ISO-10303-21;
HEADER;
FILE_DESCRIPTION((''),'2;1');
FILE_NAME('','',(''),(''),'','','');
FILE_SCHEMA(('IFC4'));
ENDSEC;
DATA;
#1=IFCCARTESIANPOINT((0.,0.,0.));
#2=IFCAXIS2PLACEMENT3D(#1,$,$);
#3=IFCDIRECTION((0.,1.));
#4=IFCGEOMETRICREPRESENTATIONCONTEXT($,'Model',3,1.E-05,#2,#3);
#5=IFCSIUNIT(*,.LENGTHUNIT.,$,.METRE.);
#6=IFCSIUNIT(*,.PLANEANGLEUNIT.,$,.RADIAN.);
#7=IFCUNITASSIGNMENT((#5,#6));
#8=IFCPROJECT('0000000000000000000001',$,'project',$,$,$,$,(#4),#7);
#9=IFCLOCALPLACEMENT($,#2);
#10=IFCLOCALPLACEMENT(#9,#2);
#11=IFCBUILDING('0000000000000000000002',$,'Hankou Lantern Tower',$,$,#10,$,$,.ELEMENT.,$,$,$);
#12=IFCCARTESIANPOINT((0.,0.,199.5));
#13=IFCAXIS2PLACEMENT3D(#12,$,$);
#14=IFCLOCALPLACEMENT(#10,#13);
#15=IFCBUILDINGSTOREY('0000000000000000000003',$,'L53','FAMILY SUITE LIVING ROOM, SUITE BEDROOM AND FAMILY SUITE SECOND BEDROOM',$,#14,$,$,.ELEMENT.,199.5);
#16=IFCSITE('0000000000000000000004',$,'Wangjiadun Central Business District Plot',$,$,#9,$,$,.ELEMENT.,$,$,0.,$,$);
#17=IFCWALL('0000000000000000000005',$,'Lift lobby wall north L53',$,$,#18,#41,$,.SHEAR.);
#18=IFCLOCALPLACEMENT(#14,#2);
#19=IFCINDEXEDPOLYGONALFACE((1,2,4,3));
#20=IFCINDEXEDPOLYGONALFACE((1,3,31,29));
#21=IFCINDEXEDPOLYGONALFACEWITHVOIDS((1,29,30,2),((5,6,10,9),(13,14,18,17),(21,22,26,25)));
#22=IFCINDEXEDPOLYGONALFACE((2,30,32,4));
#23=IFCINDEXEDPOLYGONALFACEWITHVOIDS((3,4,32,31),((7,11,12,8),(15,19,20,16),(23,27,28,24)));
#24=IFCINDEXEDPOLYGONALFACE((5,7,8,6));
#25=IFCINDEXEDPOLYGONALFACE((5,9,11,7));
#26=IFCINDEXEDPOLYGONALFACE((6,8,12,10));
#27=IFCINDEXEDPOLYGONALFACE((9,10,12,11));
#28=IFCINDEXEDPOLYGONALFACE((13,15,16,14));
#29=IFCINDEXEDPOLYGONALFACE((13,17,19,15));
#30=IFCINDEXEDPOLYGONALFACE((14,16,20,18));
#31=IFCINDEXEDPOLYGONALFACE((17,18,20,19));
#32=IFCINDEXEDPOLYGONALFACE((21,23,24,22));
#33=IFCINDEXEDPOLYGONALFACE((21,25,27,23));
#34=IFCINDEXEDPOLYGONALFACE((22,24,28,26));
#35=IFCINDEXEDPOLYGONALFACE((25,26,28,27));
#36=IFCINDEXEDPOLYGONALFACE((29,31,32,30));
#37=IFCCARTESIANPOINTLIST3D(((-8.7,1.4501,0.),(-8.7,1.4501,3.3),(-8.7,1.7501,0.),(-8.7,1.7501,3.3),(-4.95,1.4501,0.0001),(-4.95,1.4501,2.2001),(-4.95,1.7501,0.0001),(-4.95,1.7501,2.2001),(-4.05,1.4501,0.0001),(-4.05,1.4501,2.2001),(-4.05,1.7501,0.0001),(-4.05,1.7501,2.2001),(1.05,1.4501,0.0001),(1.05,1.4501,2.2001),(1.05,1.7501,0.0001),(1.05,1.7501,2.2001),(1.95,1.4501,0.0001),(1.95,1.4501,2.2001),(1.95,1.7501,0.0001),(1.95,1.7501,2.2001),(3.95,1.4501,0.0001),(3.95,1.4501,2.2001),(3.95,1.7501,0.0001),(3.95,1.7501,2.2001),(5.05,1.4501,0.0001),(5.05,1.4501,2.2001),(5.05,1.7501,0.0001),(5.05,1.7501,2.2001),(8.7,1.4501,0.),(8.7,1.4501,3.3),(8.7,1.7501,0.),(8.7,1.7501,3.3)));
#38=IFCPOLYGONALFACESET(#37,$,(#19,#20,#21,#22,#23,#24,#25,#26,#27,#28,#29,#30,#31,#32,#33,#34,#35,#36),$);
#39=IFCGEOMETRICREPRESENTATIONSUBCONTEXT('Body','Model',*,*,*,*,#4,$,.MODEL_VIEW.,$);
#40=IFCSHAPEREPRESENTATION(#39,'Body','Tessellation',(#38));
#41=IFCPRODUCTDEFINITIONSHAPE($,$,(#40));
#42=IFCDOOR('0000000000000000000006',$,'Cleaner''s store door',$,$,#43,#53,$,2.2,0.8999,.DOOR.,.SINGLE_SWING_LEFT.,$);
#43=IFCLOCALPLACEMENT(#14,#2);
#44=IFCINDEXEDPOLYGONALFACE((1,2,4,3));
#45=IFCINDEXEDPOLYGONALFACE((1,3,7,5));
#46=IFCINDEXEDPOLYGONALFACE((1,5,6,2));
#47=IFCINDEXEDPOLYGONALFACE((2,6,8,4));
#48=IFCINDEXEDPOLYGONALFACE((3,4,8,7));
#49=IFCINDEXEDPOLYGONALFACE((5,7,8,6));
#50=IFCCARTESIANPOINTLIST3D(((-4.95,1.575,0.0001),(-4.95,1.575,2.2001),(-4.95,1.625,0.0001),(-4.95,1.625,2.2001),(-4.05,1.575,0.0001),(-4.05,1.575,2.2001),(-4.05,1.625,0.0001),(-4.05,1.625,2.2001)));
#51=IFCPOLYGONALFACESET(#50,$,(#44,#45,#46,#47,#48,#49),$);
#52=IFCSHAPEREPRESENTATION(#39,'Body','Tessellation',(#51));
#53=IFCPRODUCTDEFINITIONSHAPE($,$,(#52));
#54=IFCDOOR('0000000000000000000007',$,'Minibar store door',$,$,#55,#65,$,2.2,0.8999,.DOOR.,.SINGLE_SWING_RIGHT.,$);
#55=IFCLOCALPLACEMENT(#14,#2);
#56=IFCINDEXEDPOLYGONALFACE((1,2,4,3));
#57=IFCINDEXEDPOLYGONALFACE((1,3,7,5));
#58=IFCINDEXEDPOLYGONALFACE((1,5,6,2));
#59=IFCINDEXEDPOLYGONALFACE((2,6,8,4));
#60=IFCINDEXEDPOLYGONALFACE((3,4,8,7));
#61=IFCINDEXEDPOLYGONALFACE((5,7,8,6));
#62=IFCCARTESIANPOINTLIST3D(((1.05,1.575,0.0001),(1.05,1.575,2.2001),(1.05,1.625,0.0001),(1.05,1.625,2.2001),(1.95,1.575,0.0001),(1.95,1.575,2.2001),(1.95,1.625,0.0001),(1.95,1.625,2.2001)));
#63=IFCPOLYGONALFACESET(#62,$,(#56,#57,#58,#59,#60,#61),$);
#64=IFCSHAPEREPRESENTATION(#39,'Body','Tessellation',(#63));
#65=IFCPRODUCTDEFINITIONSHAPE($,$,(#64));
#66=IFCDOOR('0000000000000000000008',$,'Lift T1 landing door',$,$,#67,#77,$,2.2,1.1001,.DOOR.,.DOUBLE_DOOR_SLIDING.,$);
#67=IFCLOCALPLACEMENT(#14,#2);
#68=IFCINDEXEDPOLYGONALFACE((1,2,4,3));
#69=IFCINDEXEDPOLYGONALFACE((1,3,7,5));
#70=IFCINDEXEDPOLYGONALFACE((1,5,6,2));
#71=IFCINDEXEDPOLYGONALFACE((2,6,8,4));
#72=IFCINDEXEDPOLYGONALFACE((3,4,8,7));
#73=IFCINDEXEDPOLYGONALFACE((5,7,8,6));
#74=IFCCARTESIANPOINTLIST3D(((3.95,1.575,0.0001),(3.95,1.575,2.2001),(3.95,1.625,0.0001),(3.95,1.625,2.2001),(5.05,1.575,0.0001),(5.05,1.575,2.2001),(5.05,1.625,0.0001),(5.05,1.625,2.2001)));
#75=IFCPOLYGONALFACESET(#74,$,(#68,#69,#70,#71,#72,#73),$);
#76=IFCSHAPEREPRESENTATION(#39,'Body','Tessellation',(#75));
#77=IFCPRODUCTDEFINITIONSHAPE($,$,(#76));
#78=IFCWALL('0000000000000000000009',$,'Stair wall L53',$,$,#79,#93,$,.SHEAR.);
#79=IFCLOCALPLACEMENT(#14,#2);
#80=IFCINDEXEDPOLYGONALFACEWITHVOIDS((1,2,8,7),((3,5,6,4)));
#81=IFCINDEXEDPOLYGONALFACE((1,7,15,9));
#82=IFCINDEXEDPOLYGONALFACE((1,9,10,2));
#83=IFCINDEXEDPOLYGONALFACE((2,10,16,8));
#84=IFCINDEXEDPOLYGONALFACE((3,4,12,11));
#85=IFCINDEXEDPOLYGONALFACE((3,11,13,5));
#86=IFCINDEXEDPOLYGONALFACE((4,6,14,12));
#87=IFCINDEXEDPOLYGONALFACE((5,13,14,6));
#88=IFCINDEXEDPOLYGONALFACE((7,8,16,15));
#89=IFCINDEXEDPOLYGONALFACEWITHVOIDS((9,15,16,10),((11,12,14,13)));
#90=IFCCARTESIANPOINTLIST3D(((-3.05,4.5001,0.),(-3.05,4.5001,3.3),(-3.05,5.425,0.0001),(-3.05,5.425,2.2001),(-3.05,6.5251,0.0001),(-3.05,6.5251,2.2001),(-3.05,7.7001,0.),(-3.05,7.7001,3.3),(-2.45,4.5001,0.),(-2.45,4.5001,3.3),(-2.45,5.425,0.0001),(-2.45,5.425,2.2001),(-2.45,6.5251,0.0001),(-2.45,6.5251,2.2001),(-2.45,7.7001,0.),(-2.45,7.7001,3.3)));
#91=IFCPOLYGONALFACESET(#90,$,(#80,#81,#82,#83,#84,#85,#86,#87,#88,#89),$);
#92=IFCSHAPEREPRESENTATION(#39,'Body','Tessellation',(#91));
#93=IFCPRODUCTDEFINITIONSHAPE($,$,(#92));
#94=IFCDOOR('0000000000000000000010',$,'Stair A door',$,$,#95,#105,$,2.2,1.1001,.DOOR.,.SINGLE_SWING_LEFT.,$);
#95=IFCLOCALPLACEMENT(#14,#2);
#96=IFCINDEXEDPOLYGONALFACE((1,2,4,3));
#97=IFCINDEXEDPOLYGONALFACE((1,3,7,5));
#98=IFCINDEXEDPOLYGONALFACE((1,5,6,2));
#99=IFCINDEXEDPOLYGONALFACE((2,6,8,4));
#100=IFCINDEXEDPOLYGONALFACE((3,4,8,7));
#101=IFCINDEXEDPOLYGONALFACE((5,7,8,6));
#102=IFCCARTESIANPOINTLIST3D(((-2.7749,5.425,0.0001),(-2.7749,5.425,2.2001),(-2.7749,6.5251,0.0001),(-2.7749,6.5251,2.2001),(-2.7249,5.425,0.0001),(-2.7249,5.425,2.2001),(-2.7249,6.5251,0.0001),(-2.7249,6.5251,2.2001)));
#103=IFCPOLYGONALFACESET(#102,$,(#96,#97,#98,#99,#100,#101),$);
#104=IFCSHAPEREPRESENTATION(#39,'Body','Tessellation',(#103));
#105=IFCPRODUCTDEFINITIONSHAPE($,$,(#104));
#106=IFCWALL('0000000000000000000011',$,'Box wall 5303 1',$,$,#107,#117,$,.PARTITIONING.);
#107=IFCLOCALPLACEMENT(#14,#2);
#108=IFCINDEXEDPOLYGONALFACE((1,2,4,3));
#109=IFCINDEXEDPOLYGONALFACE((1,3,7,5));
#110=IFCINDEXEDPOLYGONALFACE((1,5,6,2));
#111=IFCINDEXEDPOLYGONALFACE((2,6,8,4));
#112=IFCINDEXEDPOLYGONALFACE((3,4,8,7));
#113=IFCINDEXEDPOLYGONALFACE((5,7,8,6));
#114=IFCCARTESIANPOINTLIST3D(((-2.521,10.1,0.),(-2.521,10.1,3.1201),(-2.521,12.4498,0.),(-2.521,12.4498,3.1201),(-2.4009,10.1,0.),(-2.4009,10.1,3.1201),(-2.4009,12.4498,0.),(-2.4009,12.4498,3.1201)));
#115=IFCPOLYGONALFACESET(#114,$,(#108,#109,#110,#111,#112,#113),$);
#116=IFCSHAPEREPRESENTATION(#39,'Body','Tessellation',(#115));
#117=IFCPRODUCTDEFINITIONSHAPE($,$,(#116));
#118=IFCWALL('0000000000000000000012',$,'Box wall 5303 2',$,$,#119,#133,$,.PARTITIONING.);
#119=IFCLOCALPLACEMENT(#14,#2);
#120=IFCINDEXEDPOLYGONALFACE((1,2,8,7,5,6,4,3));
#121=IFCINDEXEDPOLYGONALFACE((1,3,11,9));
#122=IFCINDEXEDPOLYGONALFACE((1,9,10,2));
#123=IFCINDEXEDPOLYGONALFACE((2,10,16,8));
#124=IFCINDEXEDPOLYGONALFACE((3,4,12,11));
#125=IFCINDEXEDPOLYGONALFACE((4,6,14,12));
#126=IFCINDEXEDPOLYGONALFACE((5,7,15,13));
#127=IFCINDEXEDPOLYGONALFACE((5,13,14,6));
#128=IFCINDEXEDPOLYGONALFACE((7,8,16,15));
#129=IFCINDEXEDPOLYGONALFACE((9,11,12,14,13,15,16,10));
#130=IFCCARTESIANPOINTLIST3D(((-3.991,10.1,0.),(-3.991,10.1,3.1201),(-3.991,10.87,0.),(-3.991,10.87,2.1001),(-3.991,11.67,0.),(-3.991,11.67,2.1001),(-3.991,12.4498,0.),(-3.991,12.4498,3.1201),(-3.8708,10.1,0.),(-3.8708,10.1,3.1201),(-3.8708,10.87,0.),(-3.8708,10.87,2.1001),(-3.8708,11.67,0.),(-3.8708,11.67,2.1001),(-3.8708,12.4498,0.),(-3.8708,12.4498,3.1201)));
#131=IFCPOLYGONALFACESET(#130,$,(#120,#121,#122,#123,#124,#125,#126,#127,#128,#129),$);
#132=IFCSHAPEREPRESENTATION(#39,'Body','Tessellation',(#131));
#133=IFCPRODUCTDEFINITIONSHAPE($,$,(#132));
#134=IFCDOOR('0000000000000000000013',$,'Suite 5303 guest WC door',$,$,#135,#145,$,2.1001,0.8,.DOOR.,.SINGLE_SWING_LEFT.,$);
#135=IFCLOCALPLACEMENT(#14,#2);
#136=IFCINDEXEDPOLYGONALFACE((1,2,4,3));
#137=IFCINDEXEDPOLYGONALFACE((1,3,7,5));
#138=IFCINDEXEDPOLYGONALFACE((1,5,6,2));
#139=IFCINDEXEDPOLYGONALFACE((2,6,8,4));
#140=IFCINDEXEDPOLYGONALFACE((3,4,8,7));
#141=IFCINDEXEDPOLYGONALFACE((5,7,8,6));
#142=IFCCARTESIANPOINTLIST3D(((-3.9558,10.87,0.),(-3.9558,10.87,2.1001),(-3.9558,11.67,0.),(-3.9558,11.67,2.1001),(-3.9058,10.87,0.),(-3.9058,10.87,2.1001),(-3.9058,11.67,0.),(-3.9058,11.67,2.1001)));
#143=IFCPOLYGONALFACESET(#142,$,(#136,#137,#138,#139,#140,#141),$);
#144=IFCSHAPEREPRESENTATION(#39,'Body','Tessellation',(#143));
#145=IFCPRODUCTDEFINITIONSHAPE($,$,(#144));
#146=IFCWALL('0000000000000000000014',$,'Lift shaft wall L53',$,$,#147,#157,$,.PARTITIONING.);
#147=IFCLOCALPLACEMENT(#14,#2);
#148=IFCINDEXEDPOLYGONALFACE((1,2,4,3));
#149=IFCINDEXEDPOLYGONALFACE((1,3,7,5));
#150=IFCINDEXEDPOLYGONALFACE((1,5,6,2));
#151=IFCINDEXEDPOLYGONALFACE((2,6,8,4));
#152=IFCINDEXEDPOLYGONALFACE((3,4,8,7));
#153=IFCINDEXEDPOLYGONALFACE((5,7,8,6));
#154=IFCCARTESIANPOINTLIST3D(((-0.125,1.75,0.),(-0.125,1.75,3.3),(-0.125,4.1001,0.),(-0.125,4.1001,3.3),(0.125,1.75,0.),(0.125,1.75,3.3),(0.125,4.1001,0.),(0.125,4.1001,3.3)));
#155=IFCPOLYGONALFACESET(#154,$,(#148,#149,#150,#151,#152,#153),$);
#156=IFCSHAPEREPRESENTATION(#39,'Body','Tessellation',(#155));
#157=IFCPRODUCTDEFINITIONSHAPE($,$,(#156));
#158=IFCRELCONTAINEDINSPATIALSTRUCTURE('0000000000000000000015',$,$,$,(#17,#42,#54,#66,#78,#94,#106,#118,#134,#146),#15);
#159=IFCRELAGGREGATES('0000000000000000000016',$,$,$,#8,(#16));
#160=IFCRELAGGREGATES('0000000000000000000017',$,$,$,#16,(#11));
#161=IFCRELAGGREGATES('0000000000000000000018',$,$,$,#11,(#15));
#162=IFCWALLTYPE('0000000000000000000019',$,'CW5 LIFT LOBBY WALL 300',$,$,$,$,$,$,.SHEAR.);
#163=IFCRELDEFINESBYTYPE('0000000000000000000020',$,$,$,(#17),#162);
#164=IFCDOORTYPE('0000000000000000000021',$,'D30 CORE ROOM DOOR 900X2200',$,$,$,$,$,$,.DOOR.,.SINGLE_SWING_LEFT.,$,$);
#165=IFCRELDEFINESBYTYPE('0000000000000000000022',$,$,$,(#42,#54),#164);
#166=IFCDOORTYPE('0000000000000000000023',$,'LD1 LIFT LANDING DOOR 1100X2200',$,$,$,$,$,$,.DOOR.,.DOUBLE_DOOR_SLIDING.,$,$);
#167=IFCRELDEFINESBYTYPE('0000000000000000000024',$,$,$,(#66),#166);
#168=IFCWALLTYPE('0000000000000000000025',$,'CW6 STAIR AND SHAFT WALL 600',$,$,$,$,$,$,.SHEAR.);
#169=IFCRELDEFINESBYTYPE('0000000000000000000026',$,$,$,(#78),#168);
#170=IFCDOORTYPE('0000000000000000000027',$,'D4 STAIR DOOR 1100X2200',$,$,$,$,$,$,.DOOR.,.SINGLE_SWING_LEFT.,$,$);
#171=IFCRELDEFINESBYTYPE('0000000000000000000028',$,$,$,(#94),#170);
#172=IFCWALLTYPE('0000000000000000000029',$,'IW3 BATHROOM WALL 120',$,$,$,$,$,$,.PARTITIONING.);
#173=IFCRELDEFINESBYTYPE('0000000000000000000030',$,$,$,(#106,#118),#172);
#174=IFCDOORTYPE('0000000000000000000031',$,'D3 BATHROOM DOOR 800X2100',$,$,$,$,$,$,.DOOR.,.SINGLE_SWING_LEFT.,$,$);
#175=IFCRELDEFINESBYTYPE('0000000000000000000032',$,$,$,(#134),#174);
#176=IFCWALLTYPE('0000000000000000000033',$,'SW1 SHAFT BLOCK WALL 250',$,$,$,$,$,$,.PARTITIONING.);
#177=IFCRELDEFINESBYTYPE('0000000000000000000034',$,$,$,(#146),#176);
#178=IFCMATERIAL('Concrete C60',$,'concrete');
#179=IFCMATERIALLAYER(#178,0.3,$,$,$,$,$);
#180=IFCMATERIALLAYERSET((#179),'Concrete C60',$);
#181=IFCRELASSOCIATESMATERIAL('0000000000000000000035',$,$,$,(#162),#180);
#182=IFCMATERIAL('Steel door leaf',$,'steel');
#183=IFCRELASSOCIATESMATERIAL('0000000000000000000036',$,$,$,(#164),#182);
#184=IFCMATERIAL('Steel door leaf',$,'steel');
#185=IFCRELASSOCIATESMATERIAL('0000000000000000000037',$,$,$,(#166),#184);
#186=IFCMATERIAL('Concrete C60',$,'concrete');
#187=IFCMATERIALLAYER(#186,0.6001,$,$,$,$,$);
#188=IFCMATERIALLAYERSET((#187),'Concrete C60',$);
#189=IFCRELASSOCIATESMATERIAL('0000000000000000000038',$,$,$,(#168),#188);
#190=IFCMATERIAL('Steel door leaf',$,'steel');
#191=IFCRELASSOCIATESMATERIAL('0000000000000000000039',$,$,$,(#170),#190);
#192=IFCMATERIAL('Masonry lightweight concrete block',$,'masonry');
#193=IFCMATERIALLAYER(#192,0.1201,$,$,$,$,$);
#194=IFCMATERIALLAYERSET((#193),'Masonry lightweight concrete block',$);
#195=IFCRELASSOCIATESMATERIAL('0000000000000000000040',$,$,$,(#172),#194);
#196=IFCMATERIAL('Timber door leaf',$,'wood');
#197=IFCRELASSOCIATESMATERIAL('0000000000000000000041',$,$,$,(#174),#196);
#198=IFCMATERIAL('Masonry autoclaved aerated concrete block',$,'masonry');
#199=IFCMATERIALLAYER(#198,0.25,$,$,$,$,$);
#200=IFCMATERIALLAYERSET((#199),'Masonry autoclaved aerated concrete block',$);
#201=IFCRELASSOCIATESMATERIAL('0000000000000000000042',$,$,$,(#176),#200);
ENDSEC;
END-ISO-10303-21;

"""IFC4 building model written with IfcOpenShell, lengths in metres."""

from ifc_helpers import new_model, si_unit, direction, frame, frame_2d, origin, place, context, subcontext, project, spatial, rectangle, extrude, material, layer, layer_set, type_object, element, fill, save


model = new_model("IFC4")

# Units and contexts
model_context = context("Model", 3, precision=1e-05, world=origin(), true_north=direction((0.0, 1.0)))
body_context = subcontext(model_context, "Body", "Model", "MODEL_VIEW")
ifc_project = project(units=[si_unit("LENGTHUNIT", "METRE"), si_unit("PLANEANGLEUNIT", "RADIAN")], contexts=[model_context])

# Site, building, storey
site_placement = place(None, origin())
site = spatial("IfcSite", under=ifc_project, at=site_placement, Name="Wangjiadun Central Business District Plot", CompositionType="ELEMENT", RefElevation=0.0)
building_placement = place(site_placement, origin())
building = spatial("IfcBuilding", under=site, at=building_placement, Name="Hankou Lantern Tower", CompositionType="ELEMENT")
storey_placement = place(building_placement, frame((0.0, 0.0, 199.5)))
storey = spatial("IfcBuildingStorey", under=building, at=storey_placement, Name="L53", Description="FAMILY SUITE LIVING ROOM, SUITE BEDROOM AND FAMILY SUITE SECOND BEDROOM", CompositionType="ELEMENT", Elevation=199.5)

# Wall, openings, doors
ifc_material_1 = material(Name="Concrete C60", Category="concrete")
ifc_layer_1 = layer(ifc_material_1, 0.3)
ifc_layer_set_1 = layer_set([ifc_layer_1], Name="Concrete C60")
wall_type_1 = type_object("IfcWallType", Name="CW5 LIFT LOBBY WALL 300", PredefinedType="SHEAR", material=ifc_layer_set_1)
wall_1_placement = place(storey_placement, frame((-8.7, 1.6001, 0.0), z_axis=(0.0, 0.0, 1.0), x_axis=(1.0, 0.0, 0.0)))
wall_1 = element("IfcWall", 1, at=wall_1_placement, inside=storey, type_object=wall_type_1, Name="Lift lobby wall north L53", PredefinedType="SHEAR", context=body_context, shape_type="SweptSolid", body=[
    extrude(rectangle(XDim=17.3999, YDim=0.3, at=frame_2d((8.7, 0.0))), origin(), (0.0, 0.0, 1.0), 3.3),
])
opening_1_placement = place(wall_1_placement, frame((12.6499, 0.0, 0.0)))
opening_1 = element("IfcOpeningElement", 2, at=opening_1_placement, cuts=wall_1, PredefinedType="OPENING", context=body_context, shape_type="SweptSolid", body=[
    extrude(rectangle(XDim=1.1001, YDim=2.2, at=frame_2d((0.55, 1.1001))), frame((0.0, 0.1599, 0.0), z_axis=(0.0, -1.0, 0.0), x_axis=(1.0, 0.0, 0.0)), (0.0, 0.0, 1.0), 0.3201),
])
opening_2_placement = place(wall_1_placement, frame((3.75, 0.0, 0.0)))
opening_2 = element("IfcOpeningElement", 3, at=opening_2_placement, cuts=wall_1, PredefinedType="OPENING", context=body_context, shape_type="SweptSolid", body=[
    extrude(rectangle(XDim=0.8999, YDim=2.2, at=frame_2d((0.45, 1.1001))), frame((0.0, 0.1599, 0.0), z_axis=(0.0, -1.0, 0.0), x_axis=(1.0, 0.0, 0.0)), (0.0, 0.0, 1.0), 0.3201),
])
opening_3_placement = place(wall_1_placement, frame((9.75, 0.0, 0.0)))
opening_3 = element("IfcOpeningElement", 4, at=opening_3_placement, cuts=wall_1, PredefinedType="OPENING", context=body_context, shape_type="SweptSolid", body=[
    extrude(rectangle(XDim=0.8999, YDim=2.2, at=frame_2d((0.45, 1.1001))), frame((0.0, 0.1599, 0.0), z_axis=(0.0, -1.0, 0.0), x_axis=(1.0, 0.0, 0.0)), (0.0, 0.0, 1.0), 0.3201),
])
ifc_material_2 = material(Name="Steel door leaf", Category="steel")
door_type_1 = type_object("IfcDoorType", Name="D30 CORE ROOM DOOR 900X2200", OperationType="SINGLE_SWING_LEFT", PredefinedType="DOOR", material=ifc_material_2)
door_1_placement = place(opening_2_placement, origin())
door_1 = element("IfcDoor", 5, at=door_1_placement, inside=storey, type_object=door_type_1, Name="Cleaner's store door", OperationType="SINGLE_SWING_LEFT", OverallHeight=2.2, OverallWidth=0.8999, PredefinedType="DOOR", context=body_context, shape_type="SweptSolid", body=[
    extrude(rectangle(XDim=0.8999, YDim=2.2, at=frame_2d((0.45, 1.1001))), frame((0.0, 0.0249, 0.0), z_axis=(0.0, -1.0, 0.0), x_axis=(1.0, 0.0, 0.0)), (0.0, 0.0, 1.0), 0.05),
])
fill(opening_2, door_1)
door_2_placement = place(opening_3_placement, origin())
door_2 = element("IfcDoor", 6, at=door_2_placement, inside=storey, type_object=door_type_1, Name="Minibar store door", OperationType="SINGLE_SWING_RIGHT", OverallHeight=2.2, OverallWidth=0.8999, PredefinedType="DOOR", context=body_context, shape_type="SweptSolid", body=[
    extrude(rectangle(XDim=0.8999, YDim=2.2, at=frame_2d((0.45, 1.1001))), frame((0.0, 0.0249, 0.0), z_axis=(0.0, -1.0, 0.0), x_axis=(1.0, 0.0, 0.0)), (0.0, 0.0, 1.0), 0.05),
])
fill(opening_3, door_2)
ifc_material_3 = material(Name="Steel door leaf", Category="steel")
door_type_2 = type_object("IfcDoorType", Name="LD1 LIFT LANDING DOOR 1100X2200", OperationType="DOUBLE_DOOR_SLIDING", PredefinedType="DOOR", material=ifc_material_3)
door_3_placement = place(opening_1_placement, origin())
door_3 = element("IfcDoor", 7, at=door_3_placement, inside=storey, type_object=door_type_2, Name="Lift T1 landing door", OperationType="DOUBLE_DOOR_SLIDING", OverallHeight=2.2, OverallWidth=1.1001, PredefinedType="DOOR", context=body_context, shape_type="SweptSolid", body=[
    extrude(rectangle(XDim=1.1001, YDim=2.2, at=frame_2d((0.55, 1.1001))), frame((0.0, 0.0249, 0.0), z_axis=(0.0, -1.0, 0.0), x_axis=(1.0, 0.0, 0.0)), (0.0, 0.0, 1.0), 0.05),
])
fill(opening_1, door_3)

# Wall, opening, door
ifc_material_4 = material(Name="Concrete C60", Category="concrete")
ifc_layer_2 = layer(ifc_material_4, 0.6001)
ifc_layer_set_2 = layer_set([ifc_layer_2], Name="Concrete C60")
wall_type_2 = type_object("IfcWallType", Name="CW6 STAIR AND SHAFT WALL 600", PredefinedType="SHEAR", material=ifc_layer_set_2)
wall_2_placement = place(storey_placement, frame((-2.75, 4.5, 0.0), z_axis=(0.0, 0.0, 1.0), x_axis=(0.0, 1.0, 0.0)))
wall_2 = element("IfcWall", 8, at=wall_2_placement, inside=storey, type_object=wall_type_2, Name="Stair wall L53", PredefinedType="SHEAR", context=body_context, shape_type="SweptSolid", body=[
    extrude(rectangle(XDim=3.2, YDim=0.6001, at=frame_2d((1.6001, 0.0))), origin(), (0.0, 0.0, 1.0), 3.3),
])
opening_4_placement = place(wall_2_placement, frame((0.925, 0.0, 0.0)))
opening_4 = element("IfcOpeningElement", 9, at=opening_4_placement, cuts=wall_2, PredefinedType="OPENING", context=body_context, shape_type="SweptSolid", body=[
    extrude(rectangle(XDim=1.1001, YDim=2.2, at=frame_2d((0.55, 1.1001))), frame((0.0, 0.3101, 0.0), z_axis=(0.0, -1.0, 0.0), x_axis=(1.0, 0.0, 0.0)), (0.0, 0.0, 1.0), 0.6201),
])
ifc_material_5 = material(Name="Steel door leaf", Category="steel")
door_type_3 = type_object("IfcDoorType", Name="D4 STAIR DOOR 1100X2200", OperationType="SINGLE_SWING_LEFT", PredefinedType="DOOR", material=ifc_material_5)
door_4_placement = place(opening_4_placement, origin())
door_4 = element("IfcDoor", 10, at=door_4_placement, inside=storey, type_object=door_type_3, Name="Stair A door", OperationType="SINGLE_SWING_LEFT", OverallHeight=2.2, OverallWidth=1.1001, PredefinedType="DOOR", context=body_context, shape_type="SweptSolid", body=[
    extrude(rectangle(XDim=1.1001, YDim=2.2, at=frame_2d((0.55, 1.1001))), frame((0.0, 0.0249, 0.0), z_axis=(0.0, -1.0, 0.0), x_axis=(1.0, 0.0, 0.0)), (0.0, 0.0, 1.0), 0.05),
])
fill(opening_4, door_4)

# Wall
ifc_material_6 = material(Name="Masonry lightweight concrete block", Category="masonry")
ifc_layer_3 = layer(ifc_material_6, 0.1201)
ifc_layer_set_3 = layer_set([ifc_layer_3], Name="Masonry lightweight concrete block")
wall_type_3 = type_object("IfcWallType", Name="IW3 BATHROOM WALL 120", PredefinedType="PARTITIONING", material=ifc_layer_set_3)
wall_3_placement = place(storey_placement, frame((-2.4609, 10.1001, 0.0), z_axis=(0.0, 0.0, 1.0), x_axis=(0.0, 1.0, 0.0)))
element("IfcWall", 11, at=wall_3_placement, inside=storey, type_object=wall_type_3, Name="Box wall 5303 1", PredefinedType="PARTITIONING", context=body_context, shape_type="SweptSolid", body=[
    extrude(rectangle(XDim=2.3499, YDim=0.1201, at=frame_2d((1.1748, 0.0))), origin(), (0.0, 0.0, 1.0), 3.1201),
])

# Wall, opening, door
wall_4_placement = place(storey_placement, frame((-3.9309, 10.1001, 0.0), z_axis=(0.0, 0.0, 1.0), x_axis=(0.0, 1.0, 0.0)))
wall_4 = element("IfcWall", 12, at=wall_4_placement, inside=storey, type_object=wall_type_3, Name="Box wall 5303 2", PredefinedType="PARTITIONING", context=body_context, shape_type="SweptSolid", body=[
    extrude(rectangle(XDim=2.3499, YDim=0.1201, at=frame_2d((1.1748, 0.0))), origin(), (0.0, 0.0, 1.0), 3.1201),
])
opening_5_placement = place(wall_4_placement, frame((0.77, 0.0, 0.0)))
opening_5 = element("IfcOpeningElement", 13, at=opening_5_placement, cuts=wall_4, PredefinedType="OPENING", context=body_context, shape_type="SweptSolid", body=[
    extrude(rectangle(XDim=0.8, YDim=2.1001, at=frame_2d((0.3999, 1.05))), frame((0.0, 0.0701, 0.0), z_axis=(0.0, -1.0, 0.0), x_axis=(1.0, 0.0, 0.0)), (0.0, 0.0, 1.0), 0.1401),
])
ifc_material_7 = material(Name="Timber door leaf", Category="wood")
door_type_4 = type_object("IfcDoorType", Name="D3 BATHROOM DOOR 800X2100", OperationType="SINGLE_SWING_LEFT", PredefinedType="DOOR", material=ifc_material_7)
door_5_placement = place(opening_5_placement, origin())
door_5 = element("IfcDoor", 14, at=door_5_placement, inside=storey, type_object=door_type_4, Name="Suite 5303 guest WC door", OperationType="SINGLE_SWING_LEFT", OverallHeight=2.1001, OverallWidth=0.8, PredefinedType="DOOR", context=body_context, shape_type="SweptSolid", body=[
    extrude(rectangle(XDim=0.8, YDim=2.1001, at=frame_2d((0.3999, 1.05))), frame((0.0, 0.0249, 0.0), z_axis=(0.0, -1.0, 0.0), x_axis=(1.0, 0.0, 0.0)), (0.0, 0.0, 1.0), 0.05),
])
fill(opening_5, door_5)

# Wall
ifc_material_8 = material(Name="Masonry autoclaved aerated concrete block", Category="masonry")
ifc_layer_4 = layer(ifc_material_8, 0.25)
ifc_layer_set_4 = layer_set([ifc_layer_4], Name="Masonry autoclaved aerated concrete block")
wall_type_4 = type_object("IfcWallType", Name="SW1 SHAFT BLOCK WALL 250", PredefinedType="PARTITIONING", material=ifc_layer_set_4)
wall_5_placement = place(storey_placement, frame((0.0, 1.75, 0.0), z_axis=(0.0, 0.0, 1.0), x_axis=(0.0, 1.0, 0.0)))
element("IfcWall", 15, at=wall_5_placement, inside=storey, type_object=wall_type_4, Name="Lift shaft wall L53", PredefinedType="PARTITIONING", context=body_context, shape_type="SweptSolid", body=[
    extrude(rectangle(XDim=2.3501, YDim=0.25, at=frame_2d((1.175, 0.0))), origin(), (0.0, 0.0, 1.0), 3.3),
])

save(model, "model.ifc")
